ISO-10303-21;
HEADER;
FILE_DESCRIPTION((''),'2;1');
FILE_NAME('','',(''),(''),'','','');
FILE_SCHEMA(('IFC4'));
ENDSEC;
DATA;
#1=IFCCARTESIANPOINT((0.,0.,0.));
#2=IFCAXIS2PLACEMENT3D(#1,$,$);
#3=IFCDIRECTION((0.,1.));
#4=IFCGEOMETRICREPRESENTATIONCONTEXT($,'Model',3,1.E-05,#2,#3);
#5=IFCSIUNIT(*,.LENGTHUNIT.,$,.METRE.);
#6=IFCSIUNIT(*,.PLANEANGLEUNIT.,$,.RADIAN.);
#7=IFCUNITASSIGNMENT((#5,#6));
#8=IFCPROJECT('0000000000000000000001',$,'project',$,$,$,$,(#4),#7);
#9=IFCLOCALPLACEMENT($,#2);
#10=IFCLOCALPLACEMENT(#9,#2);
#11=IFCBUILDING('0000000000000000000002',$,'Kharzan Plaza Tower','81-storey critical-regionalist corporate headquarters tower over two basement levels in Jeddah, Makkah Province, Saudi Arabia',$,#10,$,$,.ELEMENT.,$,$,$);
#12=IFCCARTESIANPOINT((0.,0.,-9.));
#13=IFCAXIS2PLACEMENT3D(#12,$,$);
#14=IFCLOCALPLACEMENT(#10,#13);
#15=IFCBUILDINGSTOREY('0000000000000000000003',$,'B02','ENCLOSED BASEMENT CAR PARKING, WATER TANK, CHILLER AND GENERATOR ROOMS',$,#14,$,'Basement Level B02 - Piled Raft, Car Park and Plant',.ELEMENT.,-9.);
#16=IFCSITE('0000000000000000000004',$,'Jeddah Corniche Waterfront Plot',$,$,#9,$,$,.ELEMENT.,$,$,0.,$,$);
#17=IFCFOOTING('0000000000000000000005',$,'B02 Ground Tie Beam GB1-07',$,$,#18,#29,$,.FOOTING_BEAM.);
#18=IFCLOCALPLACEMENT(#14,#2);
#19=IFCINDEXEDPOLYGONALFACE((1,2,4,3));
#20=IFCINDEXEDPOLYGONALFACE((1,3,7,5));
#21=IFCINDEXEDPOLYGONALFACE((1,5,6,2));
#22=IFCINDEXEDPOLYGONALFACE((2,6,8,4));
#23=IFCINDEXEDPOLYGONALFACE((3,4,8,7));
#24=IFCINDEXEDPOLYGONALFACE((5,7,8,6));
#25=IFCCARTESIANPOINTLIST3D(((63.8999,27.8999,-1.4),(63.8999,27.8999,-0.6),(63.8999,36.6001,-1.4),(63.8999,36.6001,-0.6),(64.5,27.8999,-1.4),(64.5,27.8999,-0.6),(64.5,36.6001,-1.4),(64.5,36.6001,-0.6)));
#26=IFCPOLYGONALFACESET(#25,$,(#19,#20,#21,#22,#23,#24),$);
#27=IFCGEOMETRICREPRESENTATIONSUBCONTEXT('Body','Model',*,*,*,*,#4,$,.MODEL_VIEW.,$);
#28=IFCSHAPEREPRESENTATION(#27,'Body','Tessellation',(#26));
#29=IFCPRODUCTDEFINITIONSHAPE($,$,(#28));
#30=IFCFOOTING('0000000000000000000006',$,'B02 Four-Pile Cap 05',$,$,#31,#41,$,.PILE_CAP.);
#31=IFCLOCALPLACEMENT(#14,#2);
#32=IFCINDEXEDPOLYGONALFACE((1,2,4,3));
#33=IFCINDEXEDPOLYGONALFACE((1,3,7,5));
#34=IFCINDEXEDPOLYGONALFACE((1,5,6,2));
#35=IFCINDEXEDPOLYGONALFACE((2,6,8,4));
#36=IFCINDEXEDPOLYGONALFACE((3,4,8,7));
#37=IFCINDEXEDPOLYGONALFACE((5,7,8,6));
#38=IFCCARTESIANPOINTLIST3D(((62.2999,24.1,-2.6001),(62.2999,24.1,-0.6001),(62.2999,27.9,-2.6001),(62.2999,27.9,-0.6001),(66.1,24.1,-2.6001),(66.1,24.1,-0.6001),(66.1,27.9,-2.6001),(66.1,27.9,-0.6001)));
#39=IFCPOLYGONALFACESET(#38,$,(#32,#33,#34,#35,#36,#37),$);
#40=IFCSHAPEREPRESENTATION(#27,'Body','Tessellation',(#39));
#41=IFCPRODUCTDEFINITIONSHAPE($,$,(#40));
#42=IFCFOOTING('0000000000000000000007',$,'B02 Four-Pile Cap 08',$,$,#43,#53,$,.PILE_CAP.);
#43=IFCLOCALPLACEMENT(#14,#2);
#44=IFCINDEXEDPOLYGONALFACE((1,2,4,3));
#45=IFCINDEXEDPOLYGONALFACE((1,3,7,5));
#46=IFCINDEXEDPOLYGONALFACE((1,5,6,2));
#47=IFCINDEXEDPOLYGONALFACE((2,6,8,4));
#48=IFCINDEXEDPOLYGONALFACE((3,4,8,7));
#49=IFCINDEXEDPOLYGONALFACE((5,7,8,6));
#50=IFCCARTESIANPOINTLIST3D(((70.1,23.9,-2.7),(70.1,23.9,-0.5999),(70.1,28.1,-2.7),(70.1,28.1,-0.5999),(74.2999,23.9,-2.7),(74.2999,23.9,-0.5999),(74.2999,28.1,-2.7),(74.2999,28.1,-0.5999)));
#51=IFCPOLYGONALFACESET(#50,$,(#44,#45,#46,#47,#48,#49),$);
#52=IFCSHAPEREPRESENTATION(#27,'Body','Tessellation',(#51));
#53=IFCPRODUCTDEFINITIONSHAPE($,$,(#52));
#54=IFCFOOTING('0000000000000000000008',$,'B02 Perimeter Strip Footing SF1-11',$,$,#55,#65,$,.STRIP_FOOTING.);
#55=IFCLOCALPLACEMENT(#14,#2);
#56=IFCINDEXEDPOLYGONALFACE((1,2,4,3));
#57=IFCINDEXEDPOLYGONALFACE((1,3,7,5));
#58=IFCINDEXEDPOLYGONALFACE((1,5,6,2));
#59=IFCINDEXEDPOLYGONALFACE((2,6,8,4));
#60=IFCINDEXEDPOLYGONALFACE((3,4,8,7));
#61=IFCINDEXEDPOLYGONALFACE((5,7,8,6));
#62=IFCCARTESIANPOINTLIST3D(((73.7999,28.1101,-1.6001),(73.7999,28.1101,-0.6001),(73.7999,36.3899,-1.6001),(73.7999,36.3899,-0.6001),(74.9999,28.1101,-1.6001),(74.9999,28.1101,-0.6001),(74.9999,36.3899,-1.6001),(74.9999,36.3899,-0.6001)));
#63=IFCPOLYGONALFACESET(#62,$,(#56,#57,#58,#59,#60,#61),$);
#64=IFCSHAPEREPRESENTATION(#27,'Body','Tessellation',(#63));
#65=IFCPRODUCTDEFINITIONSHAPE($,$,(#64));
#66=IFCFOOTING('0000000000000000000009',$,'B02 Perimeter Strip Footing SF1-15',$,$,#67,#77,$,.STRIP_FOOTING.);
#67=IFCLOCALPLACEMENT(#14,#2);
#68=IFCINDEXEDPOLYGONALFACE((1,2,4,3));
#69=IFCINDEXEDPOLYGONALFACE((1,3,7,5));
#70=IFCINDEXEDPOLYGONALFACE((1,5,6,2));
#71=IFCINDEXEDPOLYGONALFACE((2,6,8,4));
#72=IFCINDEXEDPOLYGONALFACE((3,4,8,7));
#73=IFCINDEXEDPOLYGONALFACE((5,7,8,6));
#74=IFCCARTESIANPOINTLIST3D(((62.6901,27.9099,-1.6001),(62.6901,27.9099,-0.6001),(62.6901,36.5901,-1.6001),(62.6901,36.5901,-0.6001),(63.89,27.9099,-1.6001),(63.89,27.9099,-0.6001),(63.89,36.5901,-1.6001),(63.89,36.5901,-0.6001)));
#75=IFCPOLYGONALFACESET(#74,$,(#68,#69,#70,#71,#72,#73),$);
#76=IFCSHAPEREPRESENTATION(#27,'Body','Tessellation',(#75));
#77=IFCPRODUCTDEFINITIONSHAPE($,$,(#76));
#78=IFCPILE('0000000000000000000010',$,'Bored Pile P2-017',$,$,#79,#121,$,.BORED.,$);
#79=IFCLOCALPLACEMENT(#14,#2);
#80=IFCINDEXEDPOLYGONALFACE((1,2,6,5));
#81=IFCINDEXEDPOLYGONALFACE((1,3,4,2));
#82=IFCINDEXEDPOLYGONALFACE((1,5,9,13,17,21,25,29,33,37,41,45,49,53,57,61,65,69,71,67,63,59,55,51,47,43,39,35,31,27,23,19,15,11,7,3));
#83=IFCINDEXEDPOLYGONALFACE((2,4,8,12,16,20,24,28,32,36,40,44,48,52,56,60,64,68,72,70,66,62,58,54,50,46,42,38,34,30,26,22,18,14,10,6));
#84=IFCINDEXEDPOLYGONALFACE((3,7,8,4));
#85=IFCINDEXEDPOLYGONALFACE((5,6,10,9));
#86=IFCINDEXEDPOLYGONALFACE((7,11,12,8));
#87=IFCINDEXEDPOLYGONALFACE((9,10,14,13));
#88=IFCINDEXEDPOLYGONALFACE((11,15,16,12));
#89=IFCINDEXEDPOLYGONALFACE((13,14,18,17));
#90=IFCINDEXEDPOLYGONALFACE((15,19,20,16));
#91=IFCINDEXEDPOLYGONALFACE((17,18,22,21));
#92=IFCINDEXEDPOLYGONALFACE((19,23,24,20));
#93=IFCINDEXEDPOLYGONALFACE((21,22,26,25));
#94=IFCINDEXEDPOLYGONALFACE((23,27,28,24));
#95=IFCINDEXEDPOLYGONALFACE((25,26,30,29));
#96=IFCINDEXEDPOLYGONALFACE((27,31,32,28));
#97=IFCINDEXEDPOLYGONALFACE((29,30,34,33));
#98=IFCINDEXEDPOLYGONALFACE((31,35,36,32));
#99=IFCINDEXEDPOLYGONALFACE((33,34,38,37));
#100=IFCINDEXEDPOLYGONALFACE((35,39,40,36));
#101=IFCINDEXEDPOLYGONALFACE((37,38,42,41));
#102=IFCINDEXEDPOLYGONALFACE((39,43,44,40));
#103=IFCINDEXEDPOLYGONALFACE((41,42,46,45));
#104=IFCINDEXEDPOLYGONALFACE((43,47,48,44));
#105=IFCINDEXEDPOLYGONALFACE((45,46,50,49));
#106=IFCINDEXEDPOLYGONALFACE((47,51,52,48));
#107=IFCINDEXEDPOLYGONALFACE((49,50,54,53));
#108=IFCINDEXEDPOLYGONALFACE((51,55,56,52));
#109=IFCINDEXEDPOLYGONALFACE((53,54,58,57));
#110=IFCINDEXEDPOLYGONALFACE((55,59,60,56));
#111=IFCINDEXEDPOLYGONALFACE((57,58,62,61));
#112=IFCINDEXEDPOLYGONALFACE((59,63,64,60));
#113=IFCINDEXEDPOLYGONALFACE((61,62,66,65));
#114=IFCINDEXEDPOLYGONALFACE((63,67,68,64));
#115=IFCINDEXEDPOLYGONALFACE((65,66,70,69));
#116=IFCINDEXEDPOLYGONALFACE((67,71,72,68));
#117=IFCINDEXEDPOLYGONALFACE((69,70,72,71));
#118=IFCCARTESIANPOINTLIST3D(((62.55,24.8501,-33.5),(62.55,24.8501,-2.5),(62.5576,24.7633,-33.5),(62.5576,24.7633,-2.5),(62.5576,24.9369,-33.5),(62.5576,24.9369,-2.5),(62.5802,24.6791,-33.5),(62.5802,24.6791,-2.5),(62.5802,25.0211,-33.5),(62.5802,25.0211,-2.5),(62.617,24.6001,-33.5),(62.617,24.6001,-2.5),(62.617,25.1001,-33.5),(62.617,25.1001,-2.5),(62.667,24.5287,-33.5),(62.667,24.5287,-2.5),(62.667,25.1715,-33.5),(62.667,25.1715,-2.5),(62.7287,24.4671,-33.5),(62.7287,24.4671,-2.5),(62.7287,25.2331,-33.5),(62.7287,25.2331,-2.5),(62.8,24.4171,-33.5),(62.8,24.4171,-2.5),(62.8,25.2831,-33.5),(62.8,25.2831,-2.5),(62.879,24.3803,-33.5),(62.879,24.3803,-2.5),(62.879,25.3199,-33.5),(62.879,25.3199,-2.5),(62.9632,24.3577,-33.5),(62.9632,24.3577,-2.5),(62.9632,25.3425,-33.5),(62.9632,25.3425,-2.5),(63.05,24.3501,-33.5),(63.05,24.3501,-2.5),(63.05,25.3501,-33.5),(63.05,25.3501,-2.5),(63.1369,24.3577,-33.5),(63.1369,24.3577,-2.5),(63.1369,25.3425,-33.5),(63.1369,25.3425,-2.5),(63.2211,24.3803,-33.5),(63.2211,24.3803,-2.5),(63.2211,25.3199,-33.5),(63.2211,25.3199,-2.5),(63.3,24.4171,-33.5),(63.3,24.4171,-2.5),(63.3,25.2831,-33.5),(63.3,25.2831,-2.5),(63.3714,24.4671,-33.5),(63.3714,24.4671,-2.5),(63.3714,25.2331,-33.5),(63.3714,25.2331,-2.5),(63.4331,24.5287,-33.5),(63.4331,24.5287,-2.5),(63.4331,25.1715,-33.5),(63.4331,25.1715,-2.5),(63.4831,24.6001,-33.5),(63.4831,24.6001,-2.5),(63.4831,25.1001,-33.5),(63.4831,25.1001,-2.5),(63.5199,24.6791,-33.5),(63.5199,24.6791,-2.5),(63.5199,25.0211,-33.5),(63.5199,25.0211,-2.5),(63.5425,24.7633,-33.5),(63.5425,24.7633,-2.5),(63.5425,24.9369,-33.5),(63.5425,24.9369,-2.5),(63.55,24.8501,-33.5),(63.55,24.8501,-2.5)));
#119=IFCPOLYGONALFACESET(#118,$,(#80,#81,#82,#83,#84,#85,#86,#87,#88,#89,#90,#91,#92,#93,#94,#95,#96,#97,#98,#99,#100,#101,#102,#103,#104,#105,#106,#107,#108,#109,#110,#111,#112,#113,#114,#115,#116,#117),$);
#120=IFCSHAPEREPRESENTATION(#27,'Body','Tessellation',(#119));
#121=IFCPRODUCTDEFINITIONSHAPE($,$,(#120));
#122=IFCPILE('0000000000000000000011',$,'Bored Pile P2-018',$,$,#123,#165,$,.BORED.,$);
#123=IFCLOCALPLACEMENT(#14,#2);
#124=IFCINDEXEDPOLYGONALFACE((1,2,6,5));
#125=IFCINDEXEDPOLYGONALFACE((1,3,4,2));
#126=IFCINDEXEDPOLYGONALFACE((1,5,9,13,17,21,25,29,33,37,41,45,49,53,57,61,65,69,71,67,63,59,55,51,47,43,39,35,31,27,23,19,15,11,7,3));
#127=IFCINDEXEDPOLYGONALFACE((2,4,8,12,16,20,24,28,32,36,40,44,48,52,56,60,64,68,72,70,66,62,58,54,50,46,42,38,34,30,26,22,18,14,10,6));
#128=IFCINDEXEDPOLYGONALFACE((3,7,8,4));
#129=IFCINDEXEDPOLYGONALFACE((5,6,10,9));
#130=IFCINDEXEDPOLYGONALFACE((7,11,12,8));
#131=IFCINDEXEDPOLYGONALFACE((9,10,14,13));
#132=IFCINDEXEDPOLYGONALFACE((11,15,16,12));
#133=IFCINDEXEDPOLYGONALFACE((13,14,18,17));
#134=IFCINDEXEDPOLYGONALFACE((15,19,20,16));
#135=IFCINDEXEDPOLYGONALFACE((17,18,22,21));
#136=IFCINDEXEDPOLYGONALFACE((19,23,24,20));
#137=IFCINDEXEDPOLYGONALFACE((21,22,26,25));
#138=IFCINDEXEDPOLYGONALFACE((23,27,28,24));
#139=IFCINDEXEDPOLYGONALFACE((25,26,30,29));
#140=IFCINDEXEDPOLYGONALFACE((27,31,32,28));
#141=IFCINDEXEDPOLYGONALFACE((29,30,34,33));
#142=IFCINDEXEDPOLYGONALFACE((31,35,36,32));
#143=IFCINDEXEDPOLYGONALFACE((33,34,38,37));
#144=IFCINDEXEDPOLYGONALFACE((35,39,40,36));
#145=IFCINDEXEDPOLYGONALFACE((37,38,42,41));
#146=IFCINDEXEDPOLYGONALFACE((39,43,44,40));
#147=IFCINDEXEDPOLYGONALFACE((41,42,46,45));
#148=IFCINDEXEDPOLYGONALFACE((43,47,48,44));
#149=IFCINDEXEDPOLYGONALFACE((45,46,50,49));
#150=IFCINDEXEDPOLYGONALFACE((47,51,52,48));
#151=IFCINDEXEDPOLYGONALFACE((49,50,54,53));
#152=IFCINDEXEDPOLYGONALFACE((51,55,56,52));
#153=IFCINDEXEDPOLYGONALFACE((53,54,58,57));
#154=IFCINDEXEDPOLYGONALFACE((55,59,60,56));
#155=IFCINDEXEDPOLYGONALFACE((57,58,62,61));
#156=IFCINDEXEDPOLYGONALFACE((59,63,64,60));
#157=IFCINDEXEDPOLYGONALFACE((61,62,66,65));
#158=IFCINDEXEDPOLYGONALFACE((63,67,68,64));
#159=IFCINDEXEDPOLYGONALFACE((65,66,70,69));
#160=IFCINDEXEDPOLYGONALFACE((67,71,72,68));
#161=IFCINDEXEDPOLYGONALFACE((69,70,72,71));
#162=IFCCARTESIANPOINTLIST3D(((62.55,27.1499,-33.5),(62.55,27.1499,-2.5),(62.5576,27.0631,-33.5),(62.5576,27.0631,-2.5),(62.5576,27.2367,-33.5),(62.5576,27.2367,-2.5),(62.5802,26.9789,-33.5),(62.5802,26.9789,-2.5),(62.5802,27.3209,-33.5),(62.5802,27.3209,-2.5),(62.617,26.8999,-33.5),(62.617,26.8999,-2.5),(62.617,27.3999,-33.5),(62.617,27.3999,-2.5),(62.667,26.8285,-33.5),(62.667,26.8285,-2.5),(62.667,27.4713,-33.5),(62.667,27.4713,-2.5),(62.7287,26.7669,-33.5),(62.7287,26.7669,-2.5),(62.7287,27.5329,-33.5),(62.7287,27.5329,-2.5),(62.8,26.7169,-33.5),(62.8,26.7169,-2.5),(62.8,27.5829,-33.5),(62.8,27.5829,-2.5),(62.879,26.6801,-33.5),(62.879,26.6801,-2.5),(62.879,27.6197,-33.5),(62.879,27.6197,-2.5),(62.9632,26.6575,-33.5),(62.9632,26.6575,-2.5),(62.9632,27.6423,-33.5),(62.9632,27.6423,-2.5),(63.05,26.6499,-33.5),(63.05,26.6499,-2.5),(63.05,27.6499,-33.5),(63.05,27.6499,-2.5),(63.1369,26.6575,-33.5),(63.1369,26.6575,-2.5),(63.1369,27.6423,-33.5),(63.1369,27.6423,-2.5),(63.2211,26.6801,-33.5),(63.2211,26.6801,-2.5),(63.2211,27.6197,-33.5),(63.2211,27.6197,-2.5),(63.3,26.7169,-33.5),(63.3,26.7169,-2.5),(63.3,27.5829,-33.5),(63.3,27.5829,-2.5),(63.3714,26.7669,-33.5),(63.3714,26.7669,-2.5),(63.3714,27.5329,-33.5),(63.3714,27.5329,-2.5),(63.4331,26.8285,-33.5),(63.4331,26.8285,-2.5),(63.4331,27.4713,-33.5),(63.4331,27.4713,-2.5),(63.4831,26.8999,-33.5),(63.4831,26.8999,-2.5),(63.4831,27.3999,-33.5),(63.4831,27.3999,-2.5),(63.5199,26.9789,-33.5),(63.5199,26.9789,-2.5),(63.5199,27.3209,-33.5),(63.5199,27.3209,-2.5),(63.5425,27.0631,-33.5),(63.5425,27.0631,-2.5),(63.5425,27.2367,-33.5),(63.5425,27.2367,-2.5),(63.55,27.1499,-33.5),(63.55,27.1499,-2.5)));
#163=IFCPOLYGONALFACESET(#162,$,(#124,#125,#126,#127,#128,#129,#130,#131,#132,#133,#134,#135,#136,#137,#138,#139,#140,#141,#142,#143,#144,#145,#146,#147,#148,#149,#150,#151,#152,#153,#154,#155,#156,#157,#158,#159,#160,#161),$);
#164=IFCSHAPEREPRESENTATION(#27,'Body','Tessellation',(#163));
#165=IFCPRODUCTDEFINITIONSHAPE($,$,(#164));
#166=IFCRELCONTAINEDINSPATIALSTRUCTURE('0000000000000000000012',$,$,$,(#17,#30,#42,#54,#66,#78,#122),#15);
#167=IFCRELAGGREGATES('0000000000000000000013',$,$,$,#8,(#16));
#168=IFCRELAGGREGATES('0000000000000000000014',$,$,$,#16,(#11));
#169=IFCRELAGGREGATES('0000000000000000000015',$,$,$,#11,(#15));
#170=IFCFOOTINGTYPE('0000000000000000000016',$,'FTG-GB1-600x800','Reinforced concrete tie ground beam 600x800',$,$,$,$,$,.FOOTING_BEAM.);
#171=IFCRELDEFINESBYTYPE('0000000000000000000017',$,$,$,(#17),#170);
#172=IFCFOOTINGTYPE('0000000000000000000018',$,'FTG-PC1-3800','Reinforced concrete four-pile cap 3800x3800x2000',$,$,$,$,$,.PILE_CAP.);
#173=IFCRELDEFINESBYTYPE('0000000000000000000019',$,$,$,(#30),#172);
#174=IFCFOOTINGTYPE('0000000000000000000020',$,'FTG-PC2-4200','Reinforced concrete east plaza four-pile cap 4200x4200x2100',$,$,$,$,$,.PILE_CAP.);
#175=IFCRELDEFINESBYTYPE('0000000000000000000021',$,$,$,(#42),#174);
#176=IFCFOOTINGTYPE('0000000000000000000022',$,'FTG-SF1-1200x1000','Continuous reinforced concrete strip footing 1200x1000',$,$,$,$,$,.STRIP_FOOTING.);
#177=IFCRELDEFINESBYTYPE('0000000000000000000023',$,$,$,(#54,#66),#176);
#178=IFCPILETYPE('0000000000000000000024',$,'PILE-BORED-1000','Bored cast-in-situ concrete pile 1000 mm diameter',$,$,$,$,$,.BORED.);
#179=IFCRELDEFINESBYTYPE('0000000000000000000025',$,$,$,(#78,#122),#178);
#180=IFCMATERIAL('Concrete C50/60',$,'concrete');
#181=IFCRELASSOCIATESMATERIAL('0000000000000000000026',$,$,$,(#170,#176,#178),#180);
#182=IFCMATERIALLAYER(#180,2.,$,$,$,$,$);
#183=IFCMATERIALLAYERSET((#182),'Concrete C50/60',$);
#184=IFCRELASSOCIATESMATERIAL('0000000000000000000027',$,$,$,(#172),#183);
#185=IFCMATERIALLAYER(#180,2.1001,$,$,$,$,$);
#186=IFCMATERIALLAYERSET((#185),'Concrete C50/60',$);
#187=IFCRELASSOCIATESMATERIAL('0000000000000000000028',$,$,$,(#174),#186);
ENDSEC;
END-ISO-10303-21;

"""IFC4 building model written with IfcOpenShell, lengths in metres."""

from ifc_helpers import new_model, si_unit, direction, frame, origin, origin_2d, place, context, subcontext, project, spatial, rectangle, circle, extrude, source, transform, mapped, material, layer, layer_set, material_profile, profile_set, type_object, element, save


model = new_model("IFC4")

# Units and contexts
model_context = context("Model", 3, precision=1e-05, world=origin(), true_north=direction((0.0, 1.0)))
body_context = subcontext(model_context, "Body", "Model", "MODEL_VIEW")
ifc_project = project(units=[si_unit("LENGTHUNIT", "METRE"), si_unit("PLANEANGLEUNIT", "RADIAN")], contexts=[model_context])

# Site, building, storey
site_placement = place(None, origin())
site = spatial("IfcSite", under=ifc_project, at=site_placement, Name="Jeddah Corniche Waterfront Plot", CompositionType="ELEMENT", RefElevation=0.0)
building_placement = place(site_placement, origin())
building = spatial("IfcBuilding", under=site, at=building_placement, Name="Kharzan Plaza Tower", Description="81-storey critical-regionalist corporate headquarters tower over two basement levels in Jeddah, Makkah Province, Saudi Arabia", CompositionType="ELEMENT")
storey_placement = place(building_placement, frame((0.0, 0.0, -9.0)))
storey = spatial("IfcBuildingStorey", under=building, at=storey_placement, Name="B02", Description="ENCLOSED BASEMENT CAR PARKING, WATER TANK, CHILLER AND GENERATOR ROOMS", LongName="Basement Level B02 - Piled Raft, Car Park and Plant", CompositionType="ELEMENT", Elevation=-9.0)

# Footings
ifc_material_1 = material(Name="Concrete C50/60", Category="concrete")
ifc_material_profile_1 = material_profile(ifc_material_1, rectangle(XDim=0.6001, YDim=0.8, at=origin_2d()), Name="GB-600x800")
ifc_profile_set_1 = profile_set([ifc_material_profile_1], Name="Concrete C50/60")
footing_type_1 = type_object("IfcFootingType", Name="FTG-GB1-600x800", Description="Reinforced concrete tie ground beam 600x800", PredefinedType="FOOTING_BEAM", material=ifc_profile_set_1)
shared_shape_1 = source(origin(), body_context, "Body", "SweptSolid", [
    extrude(rectangle(XDim=0.6001, YDim=0.8, at=origin_2d()), origin(), (0.0, 0.0, 1.0), 8.7002),
])
footing_1_placement = place(storey_placement, frame((64.2, 27.8999, -1.0), z_axis=(0.0, 1.0, 0.0), x_axis=(-1.0, 0.0, 0.0)))
element("IfcFooting", 1, at=footing_1_placement, inside=storey, type_object=footing_type_1, Name="B02 Ground Tie Beam GB1-07", PredefinedType="FOOTING_BEAM", context=body_context, shape_type="MappedRepresentation", body=[
    mapped(shared_shape_1, transform((0.0, 0.0, 0.0), x_axis=(1.0, 0.0, 0.0), y_axis=(0.0, 1.0, 0.0), z_axis=(0.0, 0.0, 1.0))),
])
ifc_layer_1 = layer(ifc_material_1, 2.0)
ifc_layer_set_1 = layer_set([ifc_layer_1], Name="Concrete C50/60")
footing_type_2 = type_object("IfcFootingType", Name="FTG-PC1-3800", Description="Reinforced concrete four-pile cap 3800x3800x2000", PredefinedType="PILE_CAP", material=ifc_layer_set_1)
shared_shape_2 = source(origin(), body_context, "Body", "SweptSolid", [
    extrude(rectangle(XDim=3.8, YDim=3.8, at=origin_2d()), origin(), (0.0, 0.0, 1.0), 2.0),
])
footing_2_placement = place(storey_placement, frame((64.2, 26.0, -2.6001), z_axis=(0.0, 0.0, 1.0), x_axis=(1.0, 0.0, 0.0)))
element("IfcFooting", 2, at=footing_2_placement, inside=storey, type_object=footing_type_2, Name="B02 Four-Pile Cap 05", PredefinedType="PILE_CAP", context=body_context, shape_type="MappedRepresentation", body=[
    mapped(shared_shape_2, transform((0.0, 0.0, 0.0), x_axis=(1.0, 0.0, 0.0), y_axis=(0.0, 1.0, 0.0), z_axis=(0.0, 0.0, 1.0))),
])
ifc_layer_2 = layer(ifc_material_1, 2.1001)
ifc_layer_set_2 = layer_set([ifc_layer_2], Name="Concrete C50/60")
footing_type_3 = type_object("IfcFootingType", Name="FTG-PC2-4200", Description="Reinforced concrete east plaza four-pile cap 4200x4200x2100", PredefinedType="PILE_CAP", material=ifc_layer_set_2)
shared_shape_3 = source(origin(), body_context, "Body", "SweptSolid", [
    extrude(rectangle(XDim=4.2, YDim=4.2, at=origin_2d()), origin(), (0.0, 0.0, 1.0), 2.1001),
])
footing_3_placement = place(storey_placement, frame((72.2, 26.0, -2.7), z_axis=(0.0, 0.0, 1.0), x_axis=(1.0, 0.0, 0.0)))
element("IfcFooting", 3, at=footing_3_placement, inside=storey, type_object=footing_type_3, Name="B02 Four-Pile Cap 08", PredefinedType="PILE_CAP", context=body_context, shape_type="MappedRepresentation", body=[
    mapped(shared_shape_3, transform((0.0, 0.0, 0.0), x_axis=(1.0, 0.0, 0.0), y_axis=(0.0, 1.0, 0.0), z_axis=(0.0, 0.0, 1.0))),
])
ifc_material_profile_2 = material_profile(ifc_material_1, rectangle(XDim=1.2, YDim=1.0, at=origin_2d()), Name="SF-1200x1000")
ifc_profile_set_2 = profile_set([ifc_material_profile_2], Name="Concrete C50/60")
footing_type_4 = type_object("IfcFootingType", Name="FTG-SF1-1200x1000", Description="Continuous reinforced concrete strip footing 1200x1000", PredefinedType="STRIP_FOOTING", material=ifc_profile_set_2)
shared_shape_4 = source(origin(), body_context, "Body", "SweptSolid", [
    extrude(rectangle(XDim=1.2, YDim=1.0, at=origin_2d()), origin(), (0.0, 0.0, 1.0), 8.2798),
])
footing_4_placement = place(storey_placement, frame((74.3999, 28.1101, -1.1001), z_axis=(0.0, 1.0, 0.0), x_axis=(-1.0, 0.0, 0.0)))
element("IfcFooting", 4, at=footing_4_placement, inside=storey, type_object=footing_type_4, Name="B02 Perimeter Strip Footing SF1-11", PredefinedType="STRIP_FOOTING", context=body_context, shape_type="MappedRepresentation", body=[
    mapped(shared_shape_4, transform((0.0, 0.0, 0.0), x_axis=(1.0, 0.0, 0.0), y_axis=(0.0, 1.0, 0.0), z_axis=(0.0, 0.0, 1.0))),
])
shared_shape_5 = source(origin(), body_context, "Body", "SweptSolid", [
    extrude(rectangle(XDim=1.2, YDim=1.0, at=origin_2d()), origin(), (0.0, 0.0, 1.0), 8.6802),
])
footing_5_placement = place(storey_placement, frame((63.29, 27.9099, -1.1001), z_axis=(0.0, 1.0, 0.0), x_axis=(-1.0, 0.0, 0.0)))
element("IfcFooting", 5, at=footing_5_placement, inside=storey, type_object=footing_type_4, Name="B02 Perimeter Strip Footing SF1-15", PredefinedType="STRIP_FOOTING", context=body_context, shape_type="MappedRepresentation", body=[
    mapped(shared_shape_5, transform((0.0, 0.0, 0.0), x_axis=(1.0, 0.0, 0.0), y_axis=(0.0, 1.0, 0.0), z_axis=(0.0, 0.0, 1.0))),
])

# Piles
ifc_material_profile_3 = material_profile(ifc_material_1, circle(Radius=0.5, at=origin_2d()), Name="PILE-D1000")
ifc_profile_set_3 = profile_set([ifc_material_profile_3], Name="Concrete C50/60")
pile_type = type_object("IfcPileType", Name="PILE-BORED-1000", Description="Bored cast-in-situ concrete pile 1000 mm diameter", PredefinedType="BORED", material=ifc_profile_set_3)
shared_shape_6 = source(origin(), body_context, "Body", "SweptSolid", [
    extrude(circle(Radius=0.5, at=origin_2d()), origin(), (0.0, 0.0, 1.0), 31.0),
])
for number, where, z_axis, x_axis, name in (
    (6, (63.05, 24.8501, -2.5), (0.0, 0.0, -1.0), (1.0, 0.0, 0.0), "Bored Pile P2-017"),
    (7, (63.05, 27.1499, -2.5), (0.0, 0.0, -1.0), (1.0, 0.0, 0.0), "Bored Pile P2-018"),
):
    element("IfcPile", number, at=place(storey_placement, frame(where, z_axis=z_axis, x_axis=x_axis)), inside=storey, type_object=pile_type, Name=name, PredefinedType="BORED", context=body_context, shape_type="MappedRepresentation", body=[
        mapped(shared_shape_6, transform((0.0, 0.0, 0.0), x_axis=(1.0, 0.0, 0.0), y_axis=(0.0, 1.0, 0.0), z_axis=(0.0, 0.0, 1.0))),
    ])

save(model, "model.ifc")
